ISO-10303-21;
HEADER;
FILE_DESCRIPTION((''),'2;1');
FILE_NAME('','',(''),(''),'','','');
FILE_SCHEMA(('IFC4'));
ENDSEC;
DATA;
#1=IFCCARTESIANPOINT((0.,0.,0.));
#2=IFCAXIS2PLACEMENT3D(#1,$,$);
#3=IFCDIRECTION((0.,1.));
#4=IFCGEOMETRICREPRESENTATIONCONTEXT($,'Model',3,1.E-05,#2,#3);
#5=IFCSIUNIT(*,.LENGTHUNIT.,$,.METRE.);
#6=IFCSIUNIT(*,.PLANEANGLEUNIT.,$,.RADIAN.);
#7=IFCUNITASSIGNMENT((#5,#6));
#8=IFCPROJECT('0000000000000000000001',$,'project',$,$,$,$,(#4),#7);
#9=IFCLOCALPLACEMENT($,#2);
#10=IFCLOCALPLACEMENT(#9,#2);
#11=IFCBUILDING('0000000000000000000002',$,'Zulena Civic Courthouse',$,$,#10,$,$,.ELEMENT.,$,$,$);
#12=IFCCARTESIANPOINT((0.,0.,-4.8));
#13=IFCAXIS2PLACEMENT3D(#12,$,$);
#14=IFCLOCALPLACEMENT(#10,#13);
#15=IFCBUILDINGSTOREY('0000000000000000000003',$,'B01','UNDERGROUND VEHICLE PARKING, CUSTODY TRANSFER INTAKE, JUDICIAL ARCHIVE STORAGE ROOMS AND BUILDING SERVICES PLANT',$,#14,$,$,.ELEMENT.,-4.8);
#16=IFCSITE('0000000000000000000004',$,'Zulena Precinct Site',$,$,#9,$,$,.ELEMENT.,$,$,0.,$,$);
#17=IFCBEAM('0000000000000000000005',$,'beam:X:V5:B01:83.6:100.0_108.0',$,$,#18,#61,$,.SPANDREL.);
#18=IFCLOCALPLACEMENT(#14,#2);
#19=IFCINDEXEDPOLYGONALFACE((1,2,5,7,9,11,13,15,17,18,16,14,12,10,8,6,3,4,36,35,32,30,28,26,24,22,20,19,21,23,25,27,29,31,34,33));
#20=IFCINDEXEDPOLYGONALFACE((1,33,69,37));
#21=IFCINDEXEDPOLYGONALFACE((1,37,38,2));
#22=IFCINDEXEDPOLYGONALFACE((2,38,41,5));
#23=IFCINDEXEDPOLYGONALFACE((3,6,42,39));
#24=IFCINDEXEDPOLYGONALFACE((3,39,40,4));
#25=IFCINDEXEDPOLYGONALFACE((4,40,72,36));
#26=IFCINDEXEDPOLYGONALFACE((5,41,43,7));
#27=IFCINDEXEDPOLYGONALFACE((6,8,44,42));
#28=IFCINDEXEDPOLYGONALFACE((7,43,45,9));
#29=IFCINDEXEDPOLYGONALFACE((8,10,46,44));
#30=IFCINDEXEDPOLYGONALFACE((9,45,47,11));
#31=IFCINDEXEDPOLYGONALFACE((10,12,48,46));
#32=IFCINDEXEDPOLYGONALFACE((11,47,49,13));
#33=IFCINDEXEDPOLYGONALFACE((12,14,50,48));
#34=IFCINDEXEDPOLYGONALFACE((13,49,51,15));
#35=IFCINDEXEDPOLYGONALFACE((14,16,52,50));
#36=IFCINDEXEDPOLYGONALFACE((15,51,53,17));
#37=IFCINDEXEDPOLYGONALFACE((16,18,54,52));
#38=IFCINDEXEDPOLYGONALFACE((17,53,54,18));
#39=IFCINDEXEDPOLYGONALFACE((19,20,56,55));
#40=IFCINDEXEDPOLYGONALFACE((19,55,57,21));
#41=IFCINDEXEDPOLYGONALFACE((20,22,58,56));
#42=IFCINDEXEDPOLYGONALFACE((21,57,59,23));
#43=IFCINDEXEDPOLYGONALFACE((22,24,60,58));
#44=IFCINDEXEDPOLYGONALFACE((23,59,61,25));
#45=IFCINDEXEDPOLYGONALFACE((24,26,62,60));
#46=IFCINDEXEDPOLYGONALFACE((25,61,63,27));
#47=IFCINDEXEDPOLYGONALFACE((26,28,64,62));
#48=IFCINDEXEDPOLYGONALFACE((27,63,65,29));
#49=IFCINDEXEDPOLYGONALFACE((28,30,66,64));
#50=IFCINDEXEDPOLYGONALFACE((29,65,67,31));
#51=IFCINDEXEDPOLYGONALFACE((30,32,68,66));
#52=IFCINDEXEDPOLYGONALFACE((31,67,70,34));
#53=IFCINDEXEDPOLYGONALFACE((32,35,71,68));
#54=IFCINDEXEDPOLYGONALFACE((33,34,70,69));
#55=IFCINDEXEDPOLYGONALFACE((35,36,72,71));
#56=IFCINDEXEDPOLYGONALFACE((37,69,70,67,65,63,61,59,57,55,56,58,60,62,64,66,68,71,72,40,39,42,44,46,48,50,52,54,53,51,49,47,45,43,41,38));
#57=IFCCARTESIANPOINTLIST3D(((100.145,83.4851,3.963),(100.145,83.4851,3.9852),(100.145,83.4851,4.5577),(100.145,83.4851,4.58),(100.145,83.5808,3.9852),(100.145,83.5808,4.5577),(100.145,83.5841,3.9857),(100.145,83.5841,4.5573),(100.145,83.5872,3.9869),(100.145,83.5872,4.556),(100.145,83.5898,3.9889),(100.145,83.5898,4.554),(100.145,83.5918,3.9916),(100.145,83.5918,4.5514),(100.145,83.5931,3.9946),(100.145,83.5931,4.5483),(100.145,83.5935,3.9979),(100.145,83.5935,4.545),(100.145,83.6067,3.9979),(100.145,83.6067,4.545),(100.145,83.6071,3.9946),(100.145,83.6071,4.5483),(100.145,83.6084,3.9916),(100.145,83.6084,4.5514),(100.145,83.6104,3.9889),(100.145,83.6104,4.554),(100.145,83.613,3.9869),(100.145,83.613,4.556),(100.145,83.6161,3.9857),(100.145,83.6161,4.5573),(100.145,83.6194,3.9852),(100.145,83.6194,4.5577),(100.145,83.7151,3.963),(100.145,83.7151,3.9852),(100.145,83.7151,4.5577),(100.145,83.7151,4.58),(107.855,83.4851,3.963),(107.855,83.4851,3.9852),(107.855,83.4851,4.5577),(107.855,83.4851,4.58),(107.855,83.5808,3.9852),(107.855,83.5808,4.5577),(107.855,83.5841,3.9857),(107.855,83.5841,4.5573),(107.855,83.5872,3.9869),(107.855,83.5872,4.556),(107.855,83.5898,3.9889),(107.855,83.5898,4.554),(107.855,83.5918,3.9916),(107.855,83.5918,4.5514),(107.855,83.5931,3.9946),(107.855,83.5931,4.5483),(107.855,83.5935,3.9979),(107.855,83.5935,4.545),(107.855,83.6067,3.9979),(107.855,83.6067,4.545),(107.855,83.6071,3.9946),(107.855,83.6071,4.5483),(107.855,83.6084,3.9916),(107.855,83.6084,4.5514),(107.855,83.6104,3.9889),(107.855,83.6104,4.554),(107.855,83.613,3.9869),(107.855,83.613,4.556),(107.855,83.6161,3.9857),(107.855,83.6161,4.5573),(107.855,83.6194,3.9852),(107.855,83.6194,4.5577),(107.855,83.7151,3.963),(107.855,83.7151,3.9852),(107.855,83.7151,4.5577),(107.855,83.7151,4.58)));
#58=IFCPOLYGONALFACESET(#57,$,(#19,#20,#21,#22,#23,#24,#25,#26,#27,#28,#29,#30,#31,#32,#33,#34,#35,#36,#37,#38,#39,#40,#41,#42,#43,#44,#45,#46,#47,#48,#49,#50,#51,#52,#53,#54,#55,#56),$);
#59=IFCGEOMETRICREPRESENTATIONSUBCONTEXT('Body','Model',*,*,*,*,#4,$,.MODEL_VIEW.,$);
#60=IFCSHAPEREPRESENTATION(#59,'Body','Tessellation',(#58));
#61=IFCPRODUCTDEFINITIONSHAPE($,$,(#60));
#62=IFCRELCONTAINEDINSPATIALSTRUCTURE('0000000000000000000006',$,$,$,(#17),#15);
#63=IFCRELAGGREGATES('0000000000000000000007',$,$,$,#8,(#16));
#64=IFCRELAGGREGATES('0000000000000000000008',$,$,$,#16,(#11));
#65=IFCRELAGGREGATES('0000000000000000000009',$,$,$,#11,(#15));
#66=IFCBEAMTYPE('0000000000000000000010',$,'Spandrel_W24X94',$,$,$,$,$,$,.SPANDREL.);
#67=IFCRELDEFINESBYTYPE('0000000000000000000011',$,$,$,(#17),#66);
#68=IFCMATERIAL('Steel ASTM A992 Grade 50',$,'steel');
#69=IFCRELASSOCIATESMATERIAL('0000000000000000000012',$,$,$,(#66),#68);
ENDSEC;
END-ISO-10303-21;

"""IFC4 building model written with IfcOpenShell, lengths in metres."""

from ifc_helpers import new_model, si_unit, direction, frame, origin, origin_2d, place, context, subcontext, project, spatial, i_section, extrude, material, material_profile, profile_set, type_object, element, save


model = new_model("IFC4")

# Units and contexts
model_context = context("Model", 3, precision=1e-05, world=origin(), true_north=direction((0.0, 1.0)))
body_context = subcontext(model_context, "Body", "Model", "MODEL_VIEW")
ifc_project = project(units=[si_unit("LENGTHUNIT", "METRE"), si_unit("PLANEANGLEUNIT", "RADIAN")], contexts=[model_context])

# Site, building, storey
site_placement = place(None, origin())
site = spatial("IfcSite", under=ifc_project, at=site_placement, Name="Zulena Precinct Site", CompositionType="ELEMENT", RefElevation=0.0)
building_placement = place(site_placement, origin())
building = spatial("IfcBuilding", under=site, at=building_placement, Name="Zulena Civic Courthouse", CompositionType="ELEMENT")
storey_placement = place(building_placement, frame((0.0, 0.0, -4.8)))
storey = spatial("IfcBuildingStorey", under=building, at=storey_placement, Name="B01", Description="UNDERGROUND VEHICLE PARKING, CUSTODY TRANSFER INTAKE, JUDICIAL ARCHIVE STORAGE ROOMS AND BUILDING SERVICES PLANT", CompositionType="ELEMENT", Elevation=-4.8)

# Shared definitions
ifc_material_1 = material(Name="Steel ASTM A992 Grade 50", Category="steel")

# Beam
ifc_material_profile_1 = material_profile(ifc_material_1, i_section(OverallWidth=0.23, OverallDepth=0.6169, WebThickness=0.0132, FlangeThickness=0.0222, FilletRadius=0.0127, at=origin_2d()), Name="W24X94")
ifc_profile_set_1 = profile_set([ifc_material_profile_1], Name="Steel ASTM A992 Grade 50")
beam_type_1 = type_object("IfcBeamType", Name="Spandrel_W24X94", PredefinedType="SPANDREL", material=ifc_profile_set_1)
for number, where, z_axis, x_axis, name in (
    (1, (100.145, 83.6001, 4.2715), (1.0, 0.0, 0.0), (0.0, 1.0, 0.0), "beam:X:V5:B01:83.6:100.0_108.0"),
):
    element("IfcBeam", number, at=place(storey_placement, frame(where, z_axis=z_axis, x_axis=x_axis)), inside=storey, type_object=beam_type_1, Name=name, PredefinedType="SPANDREL", context=body_context, shape_type="SweptSolid", body=[
        extrude(i_section(OverallWidth=0.23, OverallDepth=0.6169, WebThickness=0.0132, FlangeThickness=0.0222, FilletRadius=0.0127, at=origin_2d()), origin(), (0.0, 0.0, 1.0), 7.71),
    ])

save(model, "model.ifc")
